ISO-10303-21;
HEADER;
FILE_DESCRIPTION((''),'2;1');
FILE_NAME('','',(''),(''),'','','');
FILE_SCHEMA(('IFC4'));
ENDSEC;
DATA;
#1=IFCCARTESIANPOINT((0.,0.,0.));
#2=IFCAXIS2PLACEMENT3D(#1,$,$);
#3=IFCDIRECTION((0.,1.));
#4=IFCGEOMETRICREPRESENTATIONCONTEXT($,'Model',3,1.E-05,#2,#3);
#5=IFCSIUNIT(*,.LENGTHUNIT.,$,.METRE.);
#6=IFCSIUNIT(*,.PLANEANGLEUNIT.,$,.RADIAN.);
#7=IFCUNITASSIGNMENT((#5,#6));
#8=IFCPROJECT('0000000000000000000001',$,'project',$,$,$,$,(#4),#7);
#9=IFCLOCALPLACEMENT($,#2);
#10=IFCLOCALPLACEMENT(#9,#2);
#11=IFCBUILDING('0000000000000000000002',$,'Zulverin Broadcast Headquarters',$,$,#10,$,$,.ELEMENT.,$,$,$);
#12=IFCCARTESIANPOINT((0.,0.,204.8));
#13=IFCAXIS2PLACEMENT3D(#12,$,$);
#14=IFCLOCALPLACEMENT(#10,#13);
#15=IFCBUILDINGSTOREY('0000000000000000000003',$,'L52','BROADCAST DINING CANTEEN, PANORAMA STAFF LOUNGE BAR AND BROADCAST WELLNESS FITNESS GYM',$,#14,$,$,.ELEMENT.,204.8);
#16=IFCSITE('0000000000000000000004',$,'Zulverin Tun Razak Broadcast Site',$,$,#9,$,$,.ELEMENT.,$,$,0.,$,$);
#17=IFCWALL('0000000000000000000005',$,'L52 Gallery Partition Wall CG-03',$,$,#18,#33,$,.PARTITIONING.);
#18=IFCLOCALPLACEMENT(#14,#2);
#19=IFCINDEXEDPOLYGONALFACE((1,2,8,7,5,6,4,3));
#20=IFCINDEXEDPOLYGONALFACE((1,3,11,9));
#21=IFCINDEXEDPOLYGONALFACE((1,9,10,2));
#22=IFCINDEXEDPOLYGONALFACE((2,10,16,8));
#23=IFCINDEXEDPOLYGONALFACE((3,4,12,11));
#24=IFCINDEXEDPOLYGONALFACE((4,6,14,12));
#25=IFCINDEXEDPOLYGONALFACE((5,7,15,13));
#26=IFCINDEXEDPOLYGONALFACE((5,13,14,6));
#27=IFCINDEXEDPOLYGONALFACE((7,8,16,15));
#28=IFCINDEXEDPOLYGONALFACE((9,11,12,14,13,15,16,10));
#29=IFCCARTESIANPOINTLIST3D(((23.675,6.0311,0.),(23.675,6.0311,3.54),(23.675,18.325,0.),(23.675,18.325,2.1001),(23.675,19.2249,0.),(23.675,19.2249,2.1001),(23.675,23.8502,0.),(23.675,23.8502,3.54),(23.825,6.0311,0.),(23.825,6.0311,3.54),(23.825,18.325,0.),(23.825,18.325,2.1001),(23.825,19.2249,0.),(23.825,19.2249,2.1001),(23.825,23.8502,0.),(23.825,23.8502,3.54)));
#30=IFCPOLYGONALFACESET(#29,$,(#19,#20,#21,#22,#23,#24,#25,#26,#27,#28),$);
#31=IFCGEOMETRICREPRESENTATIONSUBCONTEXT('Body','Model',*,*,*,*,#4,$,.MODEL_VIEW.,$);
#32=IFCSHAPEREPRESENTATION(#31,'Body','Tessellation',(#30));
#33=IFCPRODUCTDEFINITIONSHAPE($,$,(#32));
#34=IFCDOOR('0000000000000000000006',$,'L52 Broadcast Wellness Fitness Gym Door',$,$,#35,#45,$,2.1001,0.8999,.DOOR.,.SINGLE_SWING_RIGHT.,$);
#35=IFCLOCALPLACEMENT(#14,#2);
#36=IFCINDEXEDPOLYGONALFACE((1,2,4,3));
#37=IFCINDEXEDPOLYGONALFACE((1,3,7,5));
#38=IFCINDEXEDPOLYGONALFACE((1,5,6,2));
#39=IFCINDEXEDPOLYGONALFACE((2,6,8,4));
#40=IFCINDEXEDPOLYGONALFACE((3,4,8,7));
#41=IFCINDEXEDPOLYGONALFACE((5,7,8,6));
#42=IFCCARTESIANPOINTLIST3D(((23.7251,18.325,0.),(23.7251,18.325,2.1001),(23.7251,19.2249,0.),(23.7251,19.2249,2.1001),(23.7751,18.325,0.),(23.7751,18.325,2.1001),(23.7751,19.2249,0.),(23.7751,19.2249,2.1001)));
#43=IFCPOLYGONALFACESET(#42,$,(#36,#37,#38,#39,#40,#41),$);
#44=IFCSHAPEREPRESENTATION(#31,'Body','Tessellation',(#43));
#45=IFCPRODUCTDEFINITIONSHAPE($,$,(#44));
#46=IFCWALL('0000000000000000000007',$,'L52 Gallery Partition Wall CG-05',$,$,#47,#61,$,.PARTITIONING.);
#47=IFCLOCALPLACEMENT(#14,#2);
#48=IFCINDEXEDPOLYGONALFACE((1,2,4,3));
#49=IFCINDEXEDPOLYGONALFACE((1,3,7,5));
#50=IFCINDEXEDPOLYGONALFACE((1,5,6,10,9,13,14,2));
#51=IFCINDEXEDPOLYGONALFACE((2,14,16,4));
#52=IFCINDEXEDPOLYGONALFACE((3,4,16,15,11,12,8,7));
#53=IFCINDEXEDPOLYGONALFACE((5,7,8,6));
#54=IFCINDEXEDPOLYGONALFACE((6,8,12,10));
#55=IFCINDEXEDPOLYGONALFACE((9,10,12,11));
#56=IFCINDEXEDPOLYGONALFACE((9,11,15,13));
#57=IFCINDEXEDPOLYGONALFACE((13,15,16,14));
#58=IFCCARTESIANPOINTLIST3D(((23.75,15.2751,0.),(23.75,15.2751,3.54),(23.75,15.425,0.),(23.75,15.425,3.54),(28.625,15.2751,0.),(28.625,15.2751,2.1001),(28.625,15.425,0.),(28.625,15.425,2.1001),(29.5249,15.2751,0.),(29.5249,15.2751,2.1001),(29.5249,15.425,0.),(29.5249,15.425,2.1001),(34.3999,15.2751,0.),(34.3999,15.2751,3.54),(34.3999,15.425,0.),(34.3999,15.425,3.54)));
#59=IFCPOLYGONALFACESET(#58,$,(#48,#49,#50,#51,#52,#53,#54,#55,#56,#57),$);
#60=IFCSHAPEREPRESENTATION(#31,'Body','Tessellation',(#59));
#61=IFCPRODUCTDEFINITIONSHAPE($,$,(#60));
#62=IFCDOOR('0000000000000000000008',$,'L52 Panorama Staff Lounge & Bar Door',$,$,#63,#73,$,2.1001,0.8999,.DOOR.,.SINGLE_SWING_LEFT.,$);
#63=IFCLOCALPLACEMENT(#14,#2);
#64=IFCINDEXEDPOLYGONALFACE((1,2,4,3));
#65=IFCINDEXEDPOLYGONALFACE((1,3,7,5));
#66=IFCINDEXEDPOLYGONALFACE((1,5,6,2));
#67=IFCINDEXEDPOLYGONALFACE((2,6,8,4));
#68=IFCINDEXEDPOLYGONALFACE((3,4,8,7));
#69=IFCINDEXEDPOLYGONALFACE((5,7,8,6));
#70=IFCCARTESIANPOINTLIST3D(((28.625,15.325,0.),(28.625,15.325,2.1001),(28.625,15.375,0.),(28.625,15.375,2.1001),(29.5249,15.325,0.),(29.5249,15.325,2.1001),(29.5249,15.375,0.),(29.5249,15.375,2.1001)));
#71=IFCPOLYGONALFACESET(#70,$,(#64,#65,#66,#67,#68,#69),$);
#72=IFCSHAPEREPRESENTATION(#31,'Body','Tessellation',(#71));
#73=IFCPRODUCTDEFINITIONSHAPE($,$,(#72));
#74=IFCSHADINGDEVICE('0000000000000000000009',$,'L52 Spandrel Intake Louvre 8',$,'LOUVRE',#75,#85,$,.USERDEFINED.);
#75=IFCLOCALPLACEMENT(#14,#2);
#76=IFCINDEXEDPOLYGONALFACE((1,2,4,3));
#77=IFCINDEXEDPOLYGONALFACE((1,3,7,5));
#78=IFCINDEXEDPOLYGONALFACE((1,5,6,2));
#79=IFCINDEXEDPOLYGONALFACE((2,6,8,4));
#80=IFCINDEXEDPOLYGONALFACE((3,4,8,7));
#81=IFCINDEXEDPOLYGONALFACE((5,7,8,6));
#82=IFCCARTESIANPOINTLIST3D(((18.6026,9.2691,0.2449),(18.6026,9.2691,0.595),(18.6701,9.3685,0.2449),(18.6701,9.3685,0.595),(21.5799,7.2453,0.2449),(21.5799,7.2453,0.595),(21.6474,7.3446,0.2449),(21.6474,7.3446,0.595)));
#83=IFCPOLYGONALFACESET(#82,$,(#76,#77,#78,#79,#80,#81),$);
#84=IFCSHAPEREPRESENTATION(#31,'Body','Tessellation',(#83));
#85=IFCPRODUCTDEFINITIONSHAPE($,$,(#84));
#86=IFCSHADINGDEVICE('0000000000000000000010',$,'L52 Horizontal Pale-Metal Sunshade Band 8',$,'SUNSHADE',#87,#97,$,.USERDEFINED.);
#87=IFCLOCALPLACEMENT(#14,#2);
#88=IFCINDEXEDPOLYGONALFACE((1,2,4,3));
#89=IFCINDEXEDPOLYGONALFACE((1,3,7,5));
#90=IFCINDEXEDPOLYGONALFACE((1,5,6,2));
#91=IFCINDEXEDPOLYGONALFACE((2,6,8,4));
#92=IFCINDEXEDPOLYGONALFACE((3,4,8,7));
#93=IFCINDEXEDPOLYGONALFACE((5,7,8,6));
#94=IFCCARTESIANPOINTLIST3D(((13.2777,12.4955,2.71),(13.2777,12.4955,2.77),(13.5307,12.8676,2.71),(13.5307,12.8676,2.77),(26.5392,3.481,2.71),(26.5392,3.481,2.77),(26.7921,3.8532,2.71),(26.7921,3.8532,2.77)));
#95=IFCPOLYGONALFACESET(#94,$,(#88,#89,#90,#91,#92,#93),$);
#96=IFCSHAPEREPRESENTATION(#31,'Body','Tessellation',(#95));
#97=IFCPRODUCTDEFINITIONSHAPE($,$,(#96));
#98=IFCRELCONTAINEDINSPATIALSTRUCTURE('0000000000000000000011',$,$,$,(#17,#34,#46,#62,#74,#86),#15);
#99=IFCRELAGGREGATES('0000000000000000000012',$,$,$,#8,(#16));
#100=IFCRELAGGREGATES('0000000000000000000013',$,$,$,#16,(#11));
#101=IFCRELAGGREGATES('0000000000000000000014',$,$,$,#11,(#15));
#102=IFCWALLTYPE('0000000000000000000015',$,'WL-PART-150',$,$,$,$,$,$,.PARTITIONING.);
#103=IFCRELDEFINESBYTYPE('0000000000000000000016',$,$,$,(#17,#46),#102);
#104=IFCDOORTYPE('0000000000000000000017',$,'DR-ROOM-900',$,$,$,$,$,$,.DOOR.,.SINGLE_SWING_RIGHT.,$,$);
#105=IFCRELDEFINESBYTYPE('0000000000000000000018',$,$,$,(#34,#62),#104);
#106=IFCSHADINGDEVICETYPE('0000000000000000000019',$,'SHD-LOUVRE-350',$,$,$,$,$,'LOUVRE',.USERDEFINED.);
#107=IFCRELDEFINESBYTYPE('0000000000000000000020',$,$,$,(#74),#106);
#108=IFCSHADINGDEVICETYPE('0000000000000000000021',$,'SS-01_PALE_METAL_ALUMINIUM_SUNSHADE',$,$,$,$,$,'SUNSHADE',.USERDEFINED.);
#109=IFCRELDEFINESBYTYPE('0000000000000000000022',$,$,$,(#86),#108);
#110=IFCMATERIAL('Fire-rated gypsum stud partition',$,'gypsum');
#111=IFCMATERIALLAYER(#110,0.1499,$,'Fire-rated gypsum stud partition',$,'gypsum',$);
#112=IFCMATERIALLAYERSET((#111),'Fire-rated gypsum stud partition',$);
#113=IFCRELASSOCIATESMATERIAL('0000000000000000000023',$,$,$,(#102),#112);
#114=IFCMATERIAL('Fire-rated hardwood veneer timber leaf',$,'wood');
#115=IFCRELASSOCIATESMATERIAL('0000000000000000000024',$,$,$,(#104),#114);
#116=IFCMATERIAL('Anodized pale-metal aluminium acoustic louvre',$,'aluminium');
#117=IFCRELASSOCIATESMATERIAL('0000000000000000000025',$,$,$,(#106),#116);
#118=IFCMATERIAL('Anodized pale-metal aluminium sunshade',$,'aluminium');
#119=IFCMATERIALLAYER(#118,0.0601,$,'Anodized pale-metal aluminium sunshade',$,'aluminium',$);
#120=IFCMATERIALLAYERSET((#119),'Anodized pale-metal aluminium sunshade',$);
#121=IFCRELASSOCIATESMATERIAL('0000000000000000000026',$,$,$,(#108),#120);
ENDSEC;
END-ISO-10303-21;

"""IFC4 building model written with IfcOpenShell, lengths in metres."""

from ifc_helpers import new_model, si_unit, direction, frame, frame_2d, origin, origin_2d, place, context, subcontext, project, spatial, rectangle, extrude, material, layer, layer_set, type_object, element, fill, save


model = new_model("IFC4")

# Units and contexts
model_context = context("Model", 3, precision=1e-05, world=origin(), true_north=direction((0.0, 1.0)))
body_context = subcontext(model_context, "Body", "Model", "MODEL_VIEW")
ifc_project = project(units=[si_unit("LENGTHUNIT", "METRE"), si_unit("PLANEANGLEUNIT", "RADIAN")], contexts=[model_context])

# Site, building, storey
site_placement = place(None, origin())
site = spatial("IfcSite", under=ifc_project, at=site_placement, Name="Zulverin Tun Razak Broadcast Site", CompositionType="ELEMENT", RefElevation=0.0)
building_placement = place(site_placement, origin())
building = spatial("IfcBuilding", under=site, at=building_placement, Name="Zulverin Broadcast Headquarters", CompositionType="ELEMENT")
storey_placement = place(building_placement, frame((0.0, 0.0, 204.8)))
storey = spatial("IfcBuildingStorey", under=building, at=storey_placement, Name="L52", Description="BROADCAST DINING CANTEEN, PANORAMA STAFF LOUNGE BAR AND BROADCAST WELLNESS FITNESS GYM", CompositionType="ELEMENT", Elevation=204.8)

# Walls, openings, doors
ifc_material_1 = material(Name="Fire-rated gypsum stud partition", Category="gypsum")
ifc_layer_1 = layer(ifc_material_1, 0.1499, Name="Fire-rated gypsum stud partition", Category="gypsum")
ifc_layer_set_1 = layer_set([ifc_layer_1], Name="Fire-rated gypsum stud partition")
wall_type_1 = type_object("IfcWallType", Name="WL-PART-150", PredefinedType="PARTITIONING", material=ifc_layer_set_1)
wall_1_placement = place(storey_placement, frame((23.75, 6.031, 0.0), z_axis=(0.0, 0.0, 1.0), x_axis=(0.0, 1.0, 0.0)))
wall_1 = element("IfcWall", 1, at=wall_1_placement, inside=storey, type_object=wall_type_1, Name="L52 Gallery Partition Wall CG-03", PredefinedType="PARTITIONING", context=body_context, shape_type="SweptSolid", body=[
    extrude(rectangle(XDim=17.8191, YDim=0.1499, at=frame_2d((8.9097, 0.0))), origin(), (0.0, 0.0, 1.0), 3.54),
])
opening_1_placement = place(wall_1_placement, frame((12.2939, 0.0, 0.0)))
opening_1 = element("IfcOpeningElement", 2, at=opening_1_placement, cuts=wall_1, PredefinedType="OPENING", context=body_context, shape_type="SweptSolid", body=[
    extrude(rectangle(XDim=0.8999, YDim=2.1001, at=frame_2d((0.45, 1.05))), frame((0.0, 0.085, 0.0), z_axis=(0.0, -1.0, 0.0), x_axis=(1.0, 0.0, 0.0)), (0.0, 0.0, 1.0), 0.1699),
])
ifc_material_2 = material(Name="Fire-rated hardwood veneer timber leaf", Category="wood")
door_type_1 = type_object("IfcDoorType", Name="DR-ROOM-900", OperationType="SINGLE_SWING_RIGHT", PredefinedType="DOOR", material=ifc_material_2)
door_1_placement = place(opening_1_placement, origin())
door_1 = element("IfcDoor", 3, at=door_1_placement, inside=storey, type_object=door_type_1, Name="L52 Broadcast Wellness Fitness Gym Door", OperationType="SINGLE_SWING_RIGHT", OverallHeight=2.1001, OverallWidth=0.8999, PredefinedType="DOOR", context=body_context, shape_type="SweptSolid", body=[
    extrude(rectangle(XDim=0.8999, YDim=2.1001, at=frame_2d((0.45, 1.05))), frame((0.0, 0.0249, 0.0), z_axis=(0.0, -1.0, 0.0), x_axis=(1.0, 0.0, 0.0)), (0.0, 0.0, 1.0), 0.05),
])
fill(opening_1, door_1)
wall_2_placement = place(storey_placement, frame((23.75, 15.3501, 0.0), z_axis=(0.0, 0.0, 1.0), x_axis=(1.0, 0.0, 0.0)))
wall_2 = element("IfcWall", 4, at=wall_2_placement, inside=storey, type_object=wall_type_1, Name="L52 Gallery Partition Wall CG-05", PredefinedType="PARTITIONING", context=body_context, shape_type="SweptSolid", body=[
    extrude(rectangle(XDim=10.6499, YDim=0.1499, at=frame_2d((5.325, 0.0))), origin(), (0.0, 0.0, 1.0), 3.54),
])
opening_2_placement = place(wall_2_placement, frame((4.875, 0.0, 0.0)))
opening_2 = element("IfcOpeningElement", 5, at=opening_2_placement, cuts=wall_2, PredefinedType="OPENING", context=body_context, shape_type="SweptSolid", body=[
    extrude(rectangle(XDim=0.8999, YDim=2.1001, at=frame_2d((0.45, 1.05))), frame((0.0, 0.085, 0.0), z_axis=(0.0, -1.0, 0.0), x_axis=(1.0, 0.0, 0.0)), (0.0, 0.0, 1.0), 0.1699),
])
door_2_placement = place(opening_2_placement, origin())
door_2 = element("IfcDoor", 6, at=door_2_placement, inside=storey, type_object=door_type_1, Name="L52 Panorama Staff Lounge & Bar Door", OperationType="SINGLE_SWING_LEFT", OverallHeight=2.1001, OverallWidth=0.8999, PredefinedType="DOOR", context=body_context, shape_type="SweptSolid", body=[
    extrude(rectangle(XDim=0.8999, YDim=2.1001, at=frame_2d((0.45, 1.05))), frame((0.0, 0.0249, 0.0), z_axis=(0.0, -1.0, 0.0), x_axis=(1.0, 0.0, 0.0)), (0.0, 0.0, 1.0), 0.05),
])
fill(opening_2, door_2)

# Shading devices
ifc_material_3 = material(Name="Anodized pale-metal aluminium acoustic louvre", Category="aluminium")
shading_device_type_1 = type_object("IfcShadingDeviceType", Name="SHD-LOUVRE-350", ElementType="LOUVRE", PredefinedType="USERDEFINED", material=ifc_material_3)
shading_device_1_placement = place(storey_placement, frame((20.125, 8.3069, 0.2449), z_axis=(0.0, 0.0, 1.0), x_axis=(0.827025, -0.562166, 0.0)))
element("IfcShadingDevice", 7, at=shading_device_1_placement, inside=storey, type_object=shading_device_type_1, Name="L52 Spandrel Intake Louvre 8", ObjectType="LOUVRE", PredefinedType="USERDEFINED", context=body_context, shape_type="SweptSolid", body=[
    extrude(rectangle(XDim=3.6001, YDim=0.1201, at=origin_2d()), origin(), (0.0, 0.0, 1.0), 0.3501),
])
ifc_material_4 = material(Name="Anodized pale-metal aluminium sunshade", Category="aluminium")
ifc_layer_2 = layer(ifc_material_4, 0.0601, Name="Anodized pale-metal aluminium sunshade", Category="aluminium")
ifc_layer_set_2 = layer_set([ifc_layer_2], Name="Anodized pale-metal aluminium sunshade")
shading_device_type_2 = type_object("IfcShadingDeviceType", Name="SS-01_PALE_METAL_ALUMINIUM_SUNSHADE", ElementType="SUNSHADE", PredefinedType="USERDEFINED", material=ifc_layer_set_2)
shading_device_2_placement = place(storey_placement, frame((20.0349, 8.1743, 2.71), z_axis=(0.0, 0.0, 1.0), x_axis=(0.827025, -0.562166, 0.0)))
element("IfcShadingDevice", 8, at=shading_device_2_placement, inside=storey, type_object=shading_device_type_2, Name="L52 Horizontal Pale-Metal Sunshade Band 8", ObjectType="SUNSHADE", PredefinedType="USERDEFINED", context=body_context, shape_type="SweptSolid", body=[
    extrude(rectangle(XDim=16.0352, YDim=0.45, at=origin_2d()), origin(), (0.0, 0.0, 1.0), 0.0601),
])

save(model, "model.ifc")
